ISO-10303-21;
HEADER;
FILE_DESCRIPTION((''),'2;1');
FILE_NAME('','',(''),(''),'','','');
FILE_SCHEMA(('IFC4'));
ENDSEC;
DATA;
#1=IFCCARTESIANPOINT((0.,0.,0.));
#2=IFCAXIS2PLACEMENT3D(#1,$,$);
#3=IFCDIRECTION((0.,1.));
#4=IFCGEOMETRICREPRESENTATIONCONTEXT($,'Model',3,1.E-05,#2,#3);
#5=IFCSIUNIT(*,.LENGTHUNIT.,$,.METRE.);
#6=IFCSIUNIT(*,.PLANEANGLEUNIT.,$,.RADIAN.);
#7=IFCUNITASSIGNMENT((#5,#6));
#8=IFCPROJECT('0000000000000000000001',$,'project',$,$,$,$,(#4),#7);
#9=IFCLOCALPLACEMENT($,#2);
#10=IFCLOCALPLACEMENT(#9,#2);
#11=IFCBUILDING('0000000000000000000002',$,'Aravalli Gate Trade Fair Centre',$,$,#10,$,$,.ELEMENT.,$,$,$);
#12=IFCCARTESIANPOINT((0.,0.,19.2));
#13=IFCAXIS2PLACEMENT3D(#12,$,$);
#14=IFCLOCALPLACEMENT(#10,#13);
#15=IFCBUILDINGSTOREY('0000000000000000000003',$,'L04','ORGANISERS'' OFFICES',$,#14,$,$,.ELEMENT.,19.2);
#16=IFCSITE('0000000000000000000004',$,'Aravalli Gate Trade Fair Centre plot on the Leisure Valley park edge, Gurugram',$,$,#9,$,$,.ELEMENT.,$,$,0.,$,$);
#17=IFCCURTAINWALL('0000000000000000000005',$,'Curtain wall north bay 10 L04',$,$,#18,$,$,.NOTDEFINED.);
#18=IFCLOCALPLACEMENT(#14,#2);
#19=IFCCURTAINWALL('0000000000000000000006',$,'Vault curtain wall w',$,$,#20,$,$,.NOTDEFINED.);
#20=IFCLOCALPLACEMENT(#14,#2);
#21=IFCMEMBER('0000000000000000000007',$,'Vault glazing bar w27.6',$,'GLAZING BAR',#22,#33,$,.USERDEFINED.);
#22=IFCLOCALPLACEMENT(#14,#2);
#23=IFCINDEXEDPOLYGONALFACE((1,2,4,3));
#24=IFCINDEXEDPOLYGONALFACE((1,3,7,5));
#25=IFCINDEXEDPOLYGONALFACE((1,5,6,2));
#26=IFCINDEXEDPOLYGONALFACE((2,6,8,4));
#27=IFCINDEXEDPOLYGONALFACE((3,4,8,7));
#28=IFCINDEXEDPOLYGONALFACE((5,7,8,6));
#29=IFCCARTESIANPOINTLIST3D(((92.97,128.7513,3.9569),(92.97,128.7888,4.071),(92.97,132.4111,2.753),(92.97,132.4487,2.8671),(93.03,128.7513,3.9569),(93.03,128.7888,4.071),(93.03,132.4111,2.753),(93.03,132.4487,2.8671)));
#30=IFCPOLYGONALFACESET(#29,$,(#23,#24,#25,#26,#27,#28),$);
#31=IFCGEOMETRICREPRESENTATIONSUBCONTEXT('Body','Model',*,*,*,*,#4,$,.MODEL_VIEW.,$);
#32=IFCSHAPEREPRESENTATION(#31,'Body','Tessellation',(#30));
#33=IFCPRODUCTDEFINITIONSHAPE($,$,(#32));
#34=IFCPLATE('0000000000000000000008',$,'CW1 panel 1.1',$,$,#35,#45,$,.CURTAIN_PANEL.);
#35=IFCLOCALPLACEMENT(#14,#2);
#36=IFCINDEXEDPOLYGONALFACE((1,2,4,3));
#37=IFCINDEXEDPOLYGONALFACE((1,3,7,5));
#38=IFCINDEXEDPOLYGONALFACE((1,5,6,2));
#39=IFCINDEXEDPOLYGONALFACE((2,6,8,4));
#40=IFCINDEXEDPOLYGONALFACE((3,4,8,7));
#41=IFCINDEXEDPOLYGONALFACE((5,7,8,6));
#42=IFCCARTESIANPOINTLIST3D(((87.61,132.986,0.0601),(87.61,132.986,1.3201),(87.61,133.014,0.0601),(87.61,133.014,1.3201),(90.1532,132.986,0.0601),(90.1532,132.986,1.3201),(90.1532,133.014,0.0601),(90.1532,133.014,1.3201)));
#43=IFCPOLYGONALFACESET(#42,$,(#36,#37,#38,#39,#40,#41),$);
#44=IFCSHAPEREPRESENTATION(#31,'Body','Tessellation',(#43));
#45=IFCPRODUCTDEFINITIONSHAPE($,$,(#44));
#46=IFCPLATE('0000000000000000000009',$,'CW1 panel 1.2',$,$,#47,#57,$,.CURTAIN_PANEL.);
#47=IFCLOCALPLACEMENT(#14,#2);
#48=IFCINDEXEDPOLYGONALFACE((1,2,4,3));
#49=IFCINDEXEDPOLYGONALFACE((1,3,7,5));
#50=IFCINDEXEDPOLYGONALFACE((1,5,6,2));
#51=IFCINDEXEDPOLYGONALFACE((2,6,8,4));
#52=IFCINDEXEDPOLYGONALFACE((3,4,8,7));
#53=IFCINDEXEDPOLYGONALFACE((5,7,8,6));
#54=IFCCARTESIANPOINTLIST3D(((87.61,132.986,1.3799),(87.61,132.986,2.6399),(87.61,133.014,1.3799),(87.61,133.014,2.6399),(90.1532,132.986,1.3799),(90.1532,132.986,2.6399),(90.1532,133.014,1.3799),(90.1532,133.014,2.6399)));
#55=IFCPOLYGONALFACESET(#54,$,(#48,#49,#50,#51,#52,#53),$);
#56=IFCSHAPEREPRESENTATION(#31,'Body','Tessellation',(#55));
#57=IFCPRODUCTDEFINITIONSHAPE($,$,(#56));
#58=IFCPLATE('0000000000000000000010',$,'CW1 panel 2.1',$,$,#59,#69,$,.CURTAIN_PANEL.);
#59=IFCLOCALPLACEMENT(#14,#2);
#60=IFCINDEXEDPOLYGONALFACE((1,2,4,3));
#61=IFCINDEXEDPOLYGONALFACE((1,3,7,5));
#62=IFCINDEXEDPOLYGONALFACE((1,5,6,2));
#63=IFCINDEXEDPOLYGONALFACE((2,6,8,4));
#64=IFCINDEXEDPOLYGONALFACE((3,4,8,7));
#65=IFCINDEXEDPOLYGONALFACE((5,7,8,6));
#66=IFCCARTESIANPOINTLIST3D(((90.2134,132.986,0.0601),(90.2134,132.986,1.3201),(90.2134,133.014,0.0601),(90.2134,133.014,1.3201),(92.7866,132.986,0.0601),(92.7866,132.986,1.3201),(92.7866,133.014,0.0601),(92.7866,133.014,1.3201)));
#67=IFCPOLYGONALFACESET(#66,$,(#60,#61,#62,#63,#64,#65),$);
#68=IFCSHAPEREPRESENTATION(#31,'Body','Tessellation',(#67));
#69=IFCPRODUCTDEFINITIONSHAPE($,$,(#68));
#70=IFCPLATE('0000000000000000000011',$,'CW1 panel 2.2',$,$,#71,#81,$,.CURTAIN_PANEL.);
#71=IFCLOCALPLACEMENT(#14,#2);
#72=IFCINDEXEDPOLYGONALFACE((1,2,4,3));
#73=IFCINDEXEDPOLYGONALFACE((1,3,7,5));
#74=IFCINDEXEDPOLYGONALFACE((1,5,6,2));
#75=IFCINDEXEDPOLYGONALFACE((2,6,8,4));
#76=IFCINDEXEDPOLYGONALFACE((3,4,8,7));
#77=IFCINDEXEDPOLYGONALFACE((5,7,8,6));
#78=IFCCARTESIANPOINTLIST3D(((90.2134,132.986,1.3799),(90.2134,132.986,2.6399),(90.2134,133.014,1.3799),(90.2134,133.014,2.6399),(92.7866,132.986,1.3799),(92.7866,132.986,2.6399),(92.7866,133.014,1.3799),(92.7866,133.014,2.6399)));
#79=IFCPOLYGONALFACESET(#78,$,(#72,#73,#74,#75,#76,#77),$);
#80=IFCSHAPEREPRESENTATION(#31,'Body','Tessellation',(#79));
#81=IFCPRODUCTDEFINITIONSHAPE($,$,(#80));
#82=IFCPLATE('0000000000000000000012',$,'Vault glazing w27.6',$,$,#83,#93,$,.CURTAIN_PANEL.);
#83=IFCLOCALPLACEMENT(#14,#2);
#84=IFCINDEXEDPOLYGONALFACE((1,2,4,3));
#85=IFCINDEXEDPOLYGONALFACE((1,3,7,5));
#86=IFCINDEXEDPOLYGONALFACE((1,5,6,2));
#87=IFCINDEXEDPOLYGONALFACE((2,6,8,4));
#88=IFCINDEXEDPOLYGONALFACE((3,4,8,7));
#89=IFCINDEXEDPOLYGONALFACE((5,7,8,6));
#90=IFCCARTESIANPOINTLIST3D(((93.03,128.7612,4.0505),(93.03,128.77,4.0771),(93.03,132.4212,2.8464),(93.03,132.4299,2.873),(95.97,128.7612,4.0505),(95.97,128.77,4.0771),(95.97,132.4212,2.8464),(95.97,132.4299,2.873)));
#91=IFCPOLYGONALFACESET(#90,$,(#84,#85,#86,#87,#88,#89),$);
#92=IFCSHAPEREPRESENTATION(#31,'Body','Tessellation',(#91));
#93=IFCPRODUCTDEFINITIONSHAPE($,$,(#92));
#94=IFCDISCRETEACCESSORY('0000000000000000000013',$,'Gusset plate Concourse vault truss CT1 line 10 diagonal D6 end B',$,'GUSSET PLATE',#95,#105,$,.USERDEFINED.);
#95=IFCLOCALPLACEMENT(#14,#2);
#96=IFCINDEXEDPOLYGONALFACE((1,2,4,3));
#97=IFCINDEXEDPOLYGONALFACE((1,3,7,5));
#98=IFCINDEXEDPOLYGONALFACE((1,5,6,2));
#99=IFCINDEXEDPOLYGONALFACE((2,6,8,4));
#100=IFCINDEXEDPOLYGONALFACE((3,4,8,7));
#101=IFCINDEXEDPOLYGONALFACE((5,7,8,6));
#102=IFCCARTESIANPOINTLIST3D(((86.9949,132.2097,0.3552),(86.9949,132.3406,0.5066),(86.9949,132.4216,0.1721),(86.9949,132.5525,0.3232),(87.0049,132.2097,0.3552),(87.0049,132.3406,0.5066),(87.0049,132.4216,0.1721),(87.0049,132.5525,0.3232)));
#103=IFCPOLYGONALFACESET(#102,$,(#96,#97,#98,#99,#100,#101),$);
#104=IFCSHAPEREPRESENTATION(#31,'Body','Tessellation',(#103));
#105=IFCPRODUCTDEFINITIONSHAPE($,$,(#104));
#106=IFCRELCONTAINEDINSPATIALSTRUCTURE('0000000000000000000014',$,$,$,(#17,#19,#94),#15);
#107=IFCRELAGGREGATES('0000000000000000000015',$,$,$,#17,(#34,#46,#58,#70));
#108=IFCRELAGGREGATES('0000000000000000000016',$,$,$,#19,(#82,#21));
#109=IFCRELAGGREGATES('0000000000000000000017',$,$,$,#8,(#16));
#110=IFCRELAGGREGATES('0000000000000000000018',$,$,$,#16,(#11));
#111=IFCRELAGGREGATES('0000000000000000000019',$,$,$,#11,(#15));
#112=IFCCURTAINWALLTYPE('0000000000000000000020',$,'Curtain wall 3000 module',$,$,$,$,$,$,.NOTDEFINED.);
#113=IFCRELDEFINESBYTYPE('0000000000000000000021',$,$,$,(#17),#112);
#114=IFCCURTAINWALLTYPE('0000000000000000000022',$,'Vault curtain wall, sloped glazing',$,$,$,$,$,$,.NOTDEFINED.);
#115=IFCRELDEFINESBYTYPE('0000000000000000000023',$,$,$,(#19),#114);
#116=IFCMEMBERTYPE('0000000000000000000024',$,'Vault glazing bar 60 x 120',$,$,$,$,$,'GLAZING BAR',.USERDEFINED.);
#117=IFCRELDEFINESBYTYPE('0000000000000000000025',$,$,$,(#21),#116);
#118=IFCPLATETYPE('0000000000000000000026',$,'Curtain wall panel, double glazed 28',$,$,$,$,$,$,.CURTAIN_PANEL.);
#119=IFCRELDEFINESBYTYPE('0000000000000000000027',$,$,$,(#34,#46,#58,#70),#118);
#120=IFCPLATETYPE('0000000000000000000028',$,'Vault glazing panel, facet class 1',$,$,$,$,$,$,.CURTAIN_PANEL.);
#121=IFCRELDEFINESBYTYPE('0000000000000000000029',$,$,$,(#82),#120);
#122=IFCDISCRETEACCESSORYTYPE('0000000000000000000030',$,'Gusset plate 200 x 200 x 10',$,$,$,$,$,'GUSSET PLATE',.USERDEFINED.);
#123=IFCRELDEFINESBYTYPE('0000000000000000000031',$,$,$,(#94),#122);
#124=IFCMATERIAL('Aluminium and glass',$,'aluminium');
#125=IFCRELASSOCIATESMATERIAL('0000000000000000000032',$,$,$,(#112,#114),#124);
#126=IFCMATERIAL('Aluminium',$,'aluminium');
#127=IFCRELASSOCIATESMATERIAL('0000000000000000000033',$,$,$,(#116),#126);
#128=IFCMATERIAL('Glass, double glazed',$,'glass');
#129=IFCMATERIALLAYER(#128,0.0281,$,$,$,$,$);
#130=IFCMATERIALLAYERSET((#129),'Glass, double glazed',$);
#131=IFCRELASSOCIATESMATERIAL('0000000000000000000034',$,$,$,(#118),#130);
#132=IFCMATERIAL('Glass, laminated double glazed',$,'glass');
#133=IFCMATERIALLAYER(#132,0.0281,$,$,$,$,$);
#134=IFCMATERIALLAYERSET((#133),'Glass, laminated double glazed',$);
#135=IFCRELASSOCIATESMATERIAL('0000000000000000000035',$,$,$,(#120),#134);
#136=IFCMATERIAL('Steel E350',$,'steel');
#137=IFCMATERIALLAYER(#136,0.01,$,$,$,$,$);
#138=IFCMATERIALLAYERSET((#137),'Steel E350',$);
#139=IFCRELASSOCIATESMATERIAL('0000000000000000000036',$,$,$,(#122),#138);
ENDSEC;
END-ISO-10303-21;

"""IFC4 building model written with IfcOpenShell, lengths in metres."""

from ifc_helpers import new_model, si_unit, direction, frame, origin, origin_2d, place, context, subcontext, project, spatial, polyline, rectangle, outline, extrude, material, layer, layer_set, material_profile, profile_set, type_object, element, aggregate, save


model = new_model("IFC4")

# Units and contexts
model_context = context("Model", 3, precision=1e-05, world=origin(), true_north=direction((0.0, 1.0)))
body_context = subcontext(model_context, "Body", "Model", "MODEL_VIEW")
ifc_project = project(units=[si_unit("LENGTHUNIT", "METRE"), si_unit("PLANEANGLEUNIT", "RADIAN")], contexts=[model_context])

# Site, building, storey
site_placement = place(None, origin())
site = spatial("IfcSite", under=ifc_project, at=site_placement, Name="Aravalli Gate Trade Fair Centre plot on the Leisure Valley park edge, Gurugram", CompositionType="ELEMENT", RefElevation=0.0)
building_placement = place(site_placement, origin())
building = spatial("IfcBuilding", under=site, at=building_placement, Name="Aravalli Gate Trade Fair Centre", CompositionType="ELEMENT")
storey_placement = place(building_placement, frame((0.0, 0.0, 19.2)))
storey = spatial("IfcBuildingStorey", under=building, at=storey_placement, Name="L04", Description="ORGANISERS' OFFICES", CompositionType="ELEMENT", Elevation=19.2)

# Curtain wall
ifc_material_1 = material(Name="Aluminium and glass", Category="aluminium")
curtain_wall_type_1 = type_object("IfcCurtainWallType", Name="Curtain wall 3000 module", PredefinedType="NOTDEFINED", material=ifc_material_1)
curtain_wall_1_placement = place(storey_placement, origin())
curtain_wall_1 = element("IfcCurtainWall", 1, at=curtain_wall_1_placement, inside=storey, type_object=curtain_wall_type_1, Name="Curtain wall north bay 10 L04", PredefinedType="NOTDEFINED")
ifc_material_2 = material(Name="Aluminium", Category="aluminium")

# Curtain wall, member
curtain_wall_type_2 = type_object("IfcCurtainWallType", Name="Vault curtain wall, sloped glazing", PredefinedType="NOTDEFINED", material=ifc_material_1)
curtain_wall_2_placement = place(storey_placement, origin())
curtain_wall_2 = element("IfcCurtainWall", 2, at=curtain_wall_2_placement, inside=storey, type_object=curtain_wall_type_2, Name="Vault curtain wall w", PredefinedType="NOTDEFINED")
ifc_material_profile_1 = material_profile(ifc_material_2, rectangle(XDim=0.0601, YDim=0.1201, at=origin_2d()), Name="Vault glazing bar 60 x 120")
ifc_profile_set_1 = profile_set([ifc_material_profile_1], Name="Aluminium")
member_type_1 = type_object("IfcMemberType", Name="Vault glazing bar 60 x 120", ElementType="GLAZING BAR", PredefinedType="USERDEFINED", material=ifc_profile_set_1)
member_1_placement = place(storey_placement, frame((93.0, 128.77, 4.0139), z_axis=(0.0, 0.94993, -0.312461), x_axis=(-1.0, 0.0, 0.0)))
member_1 = element("IfcMember", 3, at=member_1_placement, type_object=member_type_1, Name="Vault glazing bar w27.6", ObjectType="GLAZING BAR", PredefinedType="USERDEFINED", context=body_context, shape_type="SweptSolid", body=[
    extrude(rectangle(XDim=0.0601, YDim=0.1201, at=origin_2d()), origin(), (0.0, 0.0, 1.0), 3.8528),
])

# Plates
ifc_material_3 = material(Name="Glass, double glazed", Category="glass")
ifc_layer_1 = layer(ifc_material_3, 0.0281)
ifc_layer_set_1 = layer_set([ifc_layer_1], Name="Glass, double glazed")
plate_type_1 = type_object("IfcPlateType", Name="Curtain wall panel, double glazed 28", PredefinedType="CURTAIN_PANEL", material=ifc_layer_set_1)
plate_1_placement = place(storey_placement, frame((88.8816, 133.0, 0.0601), z_axis=(0.0, 0.0, 1.0), x_axis=(1.0, 0.0, 0.0)))
plate_1 = element("IfcPlate", 4, at=plate_1_placement, type_object=plate_type_1, Name="CW1 panel 1.1", PredefinedType="CURTAIN_PANEL", context=body_context, shape_type="SweptSolid", body=[
    extrude(rectangle(XDim=2.5432, YDim=0.0281, at=origin_2d()), origin(), (0.0, 0.0, 1.0), 1.26),
])
plate_2_placement = place(storey_placement, frame((88.8816, 133.0, 1.3799), z_axis=(0.0, 0.0, 1.0), x_axis=(1.0, 0.0, 0.0)))
plate_2 = element("IfcPlate", 5, at=plate_2_placement, type_object=plate_type_1, Name="CW1 panel 1.2", PredefinedType="CURTAIN_PANEL", context=body_context, shape_type="SweptSolid", body=[
    extrude(rectangle(XDim=2.5432, YDim=0.0281, at=origin_2d()), origin(), (0.0, 0.0, 1.0), 1.26),
])
plate_3_placement = place(storey_placement, frame((91.5, 133.0, 0.0601), z_axis=(0.0, 0.0, 1.0), x_axis=(1.0, 0.0, 0.0)))
plate_3 = element("IfcPlate", 6, at=plate_3_placement, type_object=plate_type_1, Name="CW1 panel 2.1", PredefinedType="CURTAIN_PANEL", context=body_context, shape_type="SweptSolid", body=[
    extrude(rectangle(XDim=2.5732, YDim=0.0281, at=origin_2d()), origin(), (0.0, 0.0, 1.0), 1.26),
])
plate_4_placement = place(storey_placement, frame((91.5, 133.0, 1.3799), z_axis=(0.0, 0.0, 1.0), x_axis=(1.0, 0.0, 0.0)))
plate_4 = element("IfcPlate", 7, at=plate_4_placement, type_object=plate_type_1, Name="CW1 panel 2.2", PredefinedType="CURTAIN_PANEL", context=body_context, shape_type="SweptSolid", body=[
    extrude(rectangle(XDim=2.5732, YDim=0.0281, at=origin_2d()), origin(), (0.0, 0.0, 1.0), 1.26),
])
aggregate(curtain_wall_1, [plate_1, plate_2, plate_3, plate_4])
ifc_material_4 = material(Name="Glass, laminated double glazed", Category="glass")
ifc_layer_2 = layer(ifc_material_4, 0.0281)
ifc_layer_set_2 = layer_set([ifc_layer_2], Name="Glass, laminated double glazed")
plate_type_2 = type_object("IfcPlateType", Name="Vault glazing panel, facet class 1", PredefinedType="CURTAIN_PANEL", material=ifc_layer_set_2)
plate_5_placement = place(storey_placement, frame((93.03, 128.77, 4.0771), z_axis=(0.0, 0.312518, 0.949912), x_axis=(1.0, 0.0, 0.0)))
plate_5 = element("IfcPlate", 8, at=plate_5_placement, type_object=plate_type_2, Name="Vault glazing w27.6", PredefinedType="CURTAIN_PANEL", context=body_context, shape_type="SweptSolid", body=[
    extrude(outline(polyline([(0.0, 0.0), (2.9399, 0.0), (2.9399, 3.8529), (0.0, 3.8529), (0.0, 0.0)])), origin(), (0.0, 0.0, -1.0), 0.0281),
])
aggregate(curtain_wall_2, [plate_5, member_1])

# Discrete accessory
ifc_material_5 = material(Name="Steel E350", Category="steel")
ifc_layer_3 = layer(ifc_material_5, 0.01)
ifc_layer_set_3 = layer_set([ifc_layer_3], Name="Steel E350")
discrete_accessory_type = type_object("IfcDiscreteAccessoryType", Name="Gusset plate 200 x 200 x 10", ElementType="GUSSET PLATE", PredefinedType="USERDEFINED", material=ifc_layer_set_3)
discrete_accessory_placement = place(storey_placement, frame((87.0049, 132.2097, 0.3552), z_axis=(1.0, 0.0, 0.0), x_axis=(0.0, 0.756666, -0.653801)))
element("IfcDiscreteAccessory", 9, at=discrete_accessory_placement, inside=storey, type_object=discrete_accessory_type, Name="Gusset plate Concourse vault truss CT1 line 10 diagonal D6 end B", ObjectType="GUSSET PLATE", PredefinedType="USERDEFINED", context=body_context, shape_type="SweptSolid", body=[
    extrude(outline(polyline([(0.0, 0.0), (0.2801, 0.0), (0.2803, 0.1999), (0.0001, 0.2001), (0.0, 0.0)])), origin(), (0.0, 0.0, -1.0), 0.01),
])

save(model, "model.ifc")
